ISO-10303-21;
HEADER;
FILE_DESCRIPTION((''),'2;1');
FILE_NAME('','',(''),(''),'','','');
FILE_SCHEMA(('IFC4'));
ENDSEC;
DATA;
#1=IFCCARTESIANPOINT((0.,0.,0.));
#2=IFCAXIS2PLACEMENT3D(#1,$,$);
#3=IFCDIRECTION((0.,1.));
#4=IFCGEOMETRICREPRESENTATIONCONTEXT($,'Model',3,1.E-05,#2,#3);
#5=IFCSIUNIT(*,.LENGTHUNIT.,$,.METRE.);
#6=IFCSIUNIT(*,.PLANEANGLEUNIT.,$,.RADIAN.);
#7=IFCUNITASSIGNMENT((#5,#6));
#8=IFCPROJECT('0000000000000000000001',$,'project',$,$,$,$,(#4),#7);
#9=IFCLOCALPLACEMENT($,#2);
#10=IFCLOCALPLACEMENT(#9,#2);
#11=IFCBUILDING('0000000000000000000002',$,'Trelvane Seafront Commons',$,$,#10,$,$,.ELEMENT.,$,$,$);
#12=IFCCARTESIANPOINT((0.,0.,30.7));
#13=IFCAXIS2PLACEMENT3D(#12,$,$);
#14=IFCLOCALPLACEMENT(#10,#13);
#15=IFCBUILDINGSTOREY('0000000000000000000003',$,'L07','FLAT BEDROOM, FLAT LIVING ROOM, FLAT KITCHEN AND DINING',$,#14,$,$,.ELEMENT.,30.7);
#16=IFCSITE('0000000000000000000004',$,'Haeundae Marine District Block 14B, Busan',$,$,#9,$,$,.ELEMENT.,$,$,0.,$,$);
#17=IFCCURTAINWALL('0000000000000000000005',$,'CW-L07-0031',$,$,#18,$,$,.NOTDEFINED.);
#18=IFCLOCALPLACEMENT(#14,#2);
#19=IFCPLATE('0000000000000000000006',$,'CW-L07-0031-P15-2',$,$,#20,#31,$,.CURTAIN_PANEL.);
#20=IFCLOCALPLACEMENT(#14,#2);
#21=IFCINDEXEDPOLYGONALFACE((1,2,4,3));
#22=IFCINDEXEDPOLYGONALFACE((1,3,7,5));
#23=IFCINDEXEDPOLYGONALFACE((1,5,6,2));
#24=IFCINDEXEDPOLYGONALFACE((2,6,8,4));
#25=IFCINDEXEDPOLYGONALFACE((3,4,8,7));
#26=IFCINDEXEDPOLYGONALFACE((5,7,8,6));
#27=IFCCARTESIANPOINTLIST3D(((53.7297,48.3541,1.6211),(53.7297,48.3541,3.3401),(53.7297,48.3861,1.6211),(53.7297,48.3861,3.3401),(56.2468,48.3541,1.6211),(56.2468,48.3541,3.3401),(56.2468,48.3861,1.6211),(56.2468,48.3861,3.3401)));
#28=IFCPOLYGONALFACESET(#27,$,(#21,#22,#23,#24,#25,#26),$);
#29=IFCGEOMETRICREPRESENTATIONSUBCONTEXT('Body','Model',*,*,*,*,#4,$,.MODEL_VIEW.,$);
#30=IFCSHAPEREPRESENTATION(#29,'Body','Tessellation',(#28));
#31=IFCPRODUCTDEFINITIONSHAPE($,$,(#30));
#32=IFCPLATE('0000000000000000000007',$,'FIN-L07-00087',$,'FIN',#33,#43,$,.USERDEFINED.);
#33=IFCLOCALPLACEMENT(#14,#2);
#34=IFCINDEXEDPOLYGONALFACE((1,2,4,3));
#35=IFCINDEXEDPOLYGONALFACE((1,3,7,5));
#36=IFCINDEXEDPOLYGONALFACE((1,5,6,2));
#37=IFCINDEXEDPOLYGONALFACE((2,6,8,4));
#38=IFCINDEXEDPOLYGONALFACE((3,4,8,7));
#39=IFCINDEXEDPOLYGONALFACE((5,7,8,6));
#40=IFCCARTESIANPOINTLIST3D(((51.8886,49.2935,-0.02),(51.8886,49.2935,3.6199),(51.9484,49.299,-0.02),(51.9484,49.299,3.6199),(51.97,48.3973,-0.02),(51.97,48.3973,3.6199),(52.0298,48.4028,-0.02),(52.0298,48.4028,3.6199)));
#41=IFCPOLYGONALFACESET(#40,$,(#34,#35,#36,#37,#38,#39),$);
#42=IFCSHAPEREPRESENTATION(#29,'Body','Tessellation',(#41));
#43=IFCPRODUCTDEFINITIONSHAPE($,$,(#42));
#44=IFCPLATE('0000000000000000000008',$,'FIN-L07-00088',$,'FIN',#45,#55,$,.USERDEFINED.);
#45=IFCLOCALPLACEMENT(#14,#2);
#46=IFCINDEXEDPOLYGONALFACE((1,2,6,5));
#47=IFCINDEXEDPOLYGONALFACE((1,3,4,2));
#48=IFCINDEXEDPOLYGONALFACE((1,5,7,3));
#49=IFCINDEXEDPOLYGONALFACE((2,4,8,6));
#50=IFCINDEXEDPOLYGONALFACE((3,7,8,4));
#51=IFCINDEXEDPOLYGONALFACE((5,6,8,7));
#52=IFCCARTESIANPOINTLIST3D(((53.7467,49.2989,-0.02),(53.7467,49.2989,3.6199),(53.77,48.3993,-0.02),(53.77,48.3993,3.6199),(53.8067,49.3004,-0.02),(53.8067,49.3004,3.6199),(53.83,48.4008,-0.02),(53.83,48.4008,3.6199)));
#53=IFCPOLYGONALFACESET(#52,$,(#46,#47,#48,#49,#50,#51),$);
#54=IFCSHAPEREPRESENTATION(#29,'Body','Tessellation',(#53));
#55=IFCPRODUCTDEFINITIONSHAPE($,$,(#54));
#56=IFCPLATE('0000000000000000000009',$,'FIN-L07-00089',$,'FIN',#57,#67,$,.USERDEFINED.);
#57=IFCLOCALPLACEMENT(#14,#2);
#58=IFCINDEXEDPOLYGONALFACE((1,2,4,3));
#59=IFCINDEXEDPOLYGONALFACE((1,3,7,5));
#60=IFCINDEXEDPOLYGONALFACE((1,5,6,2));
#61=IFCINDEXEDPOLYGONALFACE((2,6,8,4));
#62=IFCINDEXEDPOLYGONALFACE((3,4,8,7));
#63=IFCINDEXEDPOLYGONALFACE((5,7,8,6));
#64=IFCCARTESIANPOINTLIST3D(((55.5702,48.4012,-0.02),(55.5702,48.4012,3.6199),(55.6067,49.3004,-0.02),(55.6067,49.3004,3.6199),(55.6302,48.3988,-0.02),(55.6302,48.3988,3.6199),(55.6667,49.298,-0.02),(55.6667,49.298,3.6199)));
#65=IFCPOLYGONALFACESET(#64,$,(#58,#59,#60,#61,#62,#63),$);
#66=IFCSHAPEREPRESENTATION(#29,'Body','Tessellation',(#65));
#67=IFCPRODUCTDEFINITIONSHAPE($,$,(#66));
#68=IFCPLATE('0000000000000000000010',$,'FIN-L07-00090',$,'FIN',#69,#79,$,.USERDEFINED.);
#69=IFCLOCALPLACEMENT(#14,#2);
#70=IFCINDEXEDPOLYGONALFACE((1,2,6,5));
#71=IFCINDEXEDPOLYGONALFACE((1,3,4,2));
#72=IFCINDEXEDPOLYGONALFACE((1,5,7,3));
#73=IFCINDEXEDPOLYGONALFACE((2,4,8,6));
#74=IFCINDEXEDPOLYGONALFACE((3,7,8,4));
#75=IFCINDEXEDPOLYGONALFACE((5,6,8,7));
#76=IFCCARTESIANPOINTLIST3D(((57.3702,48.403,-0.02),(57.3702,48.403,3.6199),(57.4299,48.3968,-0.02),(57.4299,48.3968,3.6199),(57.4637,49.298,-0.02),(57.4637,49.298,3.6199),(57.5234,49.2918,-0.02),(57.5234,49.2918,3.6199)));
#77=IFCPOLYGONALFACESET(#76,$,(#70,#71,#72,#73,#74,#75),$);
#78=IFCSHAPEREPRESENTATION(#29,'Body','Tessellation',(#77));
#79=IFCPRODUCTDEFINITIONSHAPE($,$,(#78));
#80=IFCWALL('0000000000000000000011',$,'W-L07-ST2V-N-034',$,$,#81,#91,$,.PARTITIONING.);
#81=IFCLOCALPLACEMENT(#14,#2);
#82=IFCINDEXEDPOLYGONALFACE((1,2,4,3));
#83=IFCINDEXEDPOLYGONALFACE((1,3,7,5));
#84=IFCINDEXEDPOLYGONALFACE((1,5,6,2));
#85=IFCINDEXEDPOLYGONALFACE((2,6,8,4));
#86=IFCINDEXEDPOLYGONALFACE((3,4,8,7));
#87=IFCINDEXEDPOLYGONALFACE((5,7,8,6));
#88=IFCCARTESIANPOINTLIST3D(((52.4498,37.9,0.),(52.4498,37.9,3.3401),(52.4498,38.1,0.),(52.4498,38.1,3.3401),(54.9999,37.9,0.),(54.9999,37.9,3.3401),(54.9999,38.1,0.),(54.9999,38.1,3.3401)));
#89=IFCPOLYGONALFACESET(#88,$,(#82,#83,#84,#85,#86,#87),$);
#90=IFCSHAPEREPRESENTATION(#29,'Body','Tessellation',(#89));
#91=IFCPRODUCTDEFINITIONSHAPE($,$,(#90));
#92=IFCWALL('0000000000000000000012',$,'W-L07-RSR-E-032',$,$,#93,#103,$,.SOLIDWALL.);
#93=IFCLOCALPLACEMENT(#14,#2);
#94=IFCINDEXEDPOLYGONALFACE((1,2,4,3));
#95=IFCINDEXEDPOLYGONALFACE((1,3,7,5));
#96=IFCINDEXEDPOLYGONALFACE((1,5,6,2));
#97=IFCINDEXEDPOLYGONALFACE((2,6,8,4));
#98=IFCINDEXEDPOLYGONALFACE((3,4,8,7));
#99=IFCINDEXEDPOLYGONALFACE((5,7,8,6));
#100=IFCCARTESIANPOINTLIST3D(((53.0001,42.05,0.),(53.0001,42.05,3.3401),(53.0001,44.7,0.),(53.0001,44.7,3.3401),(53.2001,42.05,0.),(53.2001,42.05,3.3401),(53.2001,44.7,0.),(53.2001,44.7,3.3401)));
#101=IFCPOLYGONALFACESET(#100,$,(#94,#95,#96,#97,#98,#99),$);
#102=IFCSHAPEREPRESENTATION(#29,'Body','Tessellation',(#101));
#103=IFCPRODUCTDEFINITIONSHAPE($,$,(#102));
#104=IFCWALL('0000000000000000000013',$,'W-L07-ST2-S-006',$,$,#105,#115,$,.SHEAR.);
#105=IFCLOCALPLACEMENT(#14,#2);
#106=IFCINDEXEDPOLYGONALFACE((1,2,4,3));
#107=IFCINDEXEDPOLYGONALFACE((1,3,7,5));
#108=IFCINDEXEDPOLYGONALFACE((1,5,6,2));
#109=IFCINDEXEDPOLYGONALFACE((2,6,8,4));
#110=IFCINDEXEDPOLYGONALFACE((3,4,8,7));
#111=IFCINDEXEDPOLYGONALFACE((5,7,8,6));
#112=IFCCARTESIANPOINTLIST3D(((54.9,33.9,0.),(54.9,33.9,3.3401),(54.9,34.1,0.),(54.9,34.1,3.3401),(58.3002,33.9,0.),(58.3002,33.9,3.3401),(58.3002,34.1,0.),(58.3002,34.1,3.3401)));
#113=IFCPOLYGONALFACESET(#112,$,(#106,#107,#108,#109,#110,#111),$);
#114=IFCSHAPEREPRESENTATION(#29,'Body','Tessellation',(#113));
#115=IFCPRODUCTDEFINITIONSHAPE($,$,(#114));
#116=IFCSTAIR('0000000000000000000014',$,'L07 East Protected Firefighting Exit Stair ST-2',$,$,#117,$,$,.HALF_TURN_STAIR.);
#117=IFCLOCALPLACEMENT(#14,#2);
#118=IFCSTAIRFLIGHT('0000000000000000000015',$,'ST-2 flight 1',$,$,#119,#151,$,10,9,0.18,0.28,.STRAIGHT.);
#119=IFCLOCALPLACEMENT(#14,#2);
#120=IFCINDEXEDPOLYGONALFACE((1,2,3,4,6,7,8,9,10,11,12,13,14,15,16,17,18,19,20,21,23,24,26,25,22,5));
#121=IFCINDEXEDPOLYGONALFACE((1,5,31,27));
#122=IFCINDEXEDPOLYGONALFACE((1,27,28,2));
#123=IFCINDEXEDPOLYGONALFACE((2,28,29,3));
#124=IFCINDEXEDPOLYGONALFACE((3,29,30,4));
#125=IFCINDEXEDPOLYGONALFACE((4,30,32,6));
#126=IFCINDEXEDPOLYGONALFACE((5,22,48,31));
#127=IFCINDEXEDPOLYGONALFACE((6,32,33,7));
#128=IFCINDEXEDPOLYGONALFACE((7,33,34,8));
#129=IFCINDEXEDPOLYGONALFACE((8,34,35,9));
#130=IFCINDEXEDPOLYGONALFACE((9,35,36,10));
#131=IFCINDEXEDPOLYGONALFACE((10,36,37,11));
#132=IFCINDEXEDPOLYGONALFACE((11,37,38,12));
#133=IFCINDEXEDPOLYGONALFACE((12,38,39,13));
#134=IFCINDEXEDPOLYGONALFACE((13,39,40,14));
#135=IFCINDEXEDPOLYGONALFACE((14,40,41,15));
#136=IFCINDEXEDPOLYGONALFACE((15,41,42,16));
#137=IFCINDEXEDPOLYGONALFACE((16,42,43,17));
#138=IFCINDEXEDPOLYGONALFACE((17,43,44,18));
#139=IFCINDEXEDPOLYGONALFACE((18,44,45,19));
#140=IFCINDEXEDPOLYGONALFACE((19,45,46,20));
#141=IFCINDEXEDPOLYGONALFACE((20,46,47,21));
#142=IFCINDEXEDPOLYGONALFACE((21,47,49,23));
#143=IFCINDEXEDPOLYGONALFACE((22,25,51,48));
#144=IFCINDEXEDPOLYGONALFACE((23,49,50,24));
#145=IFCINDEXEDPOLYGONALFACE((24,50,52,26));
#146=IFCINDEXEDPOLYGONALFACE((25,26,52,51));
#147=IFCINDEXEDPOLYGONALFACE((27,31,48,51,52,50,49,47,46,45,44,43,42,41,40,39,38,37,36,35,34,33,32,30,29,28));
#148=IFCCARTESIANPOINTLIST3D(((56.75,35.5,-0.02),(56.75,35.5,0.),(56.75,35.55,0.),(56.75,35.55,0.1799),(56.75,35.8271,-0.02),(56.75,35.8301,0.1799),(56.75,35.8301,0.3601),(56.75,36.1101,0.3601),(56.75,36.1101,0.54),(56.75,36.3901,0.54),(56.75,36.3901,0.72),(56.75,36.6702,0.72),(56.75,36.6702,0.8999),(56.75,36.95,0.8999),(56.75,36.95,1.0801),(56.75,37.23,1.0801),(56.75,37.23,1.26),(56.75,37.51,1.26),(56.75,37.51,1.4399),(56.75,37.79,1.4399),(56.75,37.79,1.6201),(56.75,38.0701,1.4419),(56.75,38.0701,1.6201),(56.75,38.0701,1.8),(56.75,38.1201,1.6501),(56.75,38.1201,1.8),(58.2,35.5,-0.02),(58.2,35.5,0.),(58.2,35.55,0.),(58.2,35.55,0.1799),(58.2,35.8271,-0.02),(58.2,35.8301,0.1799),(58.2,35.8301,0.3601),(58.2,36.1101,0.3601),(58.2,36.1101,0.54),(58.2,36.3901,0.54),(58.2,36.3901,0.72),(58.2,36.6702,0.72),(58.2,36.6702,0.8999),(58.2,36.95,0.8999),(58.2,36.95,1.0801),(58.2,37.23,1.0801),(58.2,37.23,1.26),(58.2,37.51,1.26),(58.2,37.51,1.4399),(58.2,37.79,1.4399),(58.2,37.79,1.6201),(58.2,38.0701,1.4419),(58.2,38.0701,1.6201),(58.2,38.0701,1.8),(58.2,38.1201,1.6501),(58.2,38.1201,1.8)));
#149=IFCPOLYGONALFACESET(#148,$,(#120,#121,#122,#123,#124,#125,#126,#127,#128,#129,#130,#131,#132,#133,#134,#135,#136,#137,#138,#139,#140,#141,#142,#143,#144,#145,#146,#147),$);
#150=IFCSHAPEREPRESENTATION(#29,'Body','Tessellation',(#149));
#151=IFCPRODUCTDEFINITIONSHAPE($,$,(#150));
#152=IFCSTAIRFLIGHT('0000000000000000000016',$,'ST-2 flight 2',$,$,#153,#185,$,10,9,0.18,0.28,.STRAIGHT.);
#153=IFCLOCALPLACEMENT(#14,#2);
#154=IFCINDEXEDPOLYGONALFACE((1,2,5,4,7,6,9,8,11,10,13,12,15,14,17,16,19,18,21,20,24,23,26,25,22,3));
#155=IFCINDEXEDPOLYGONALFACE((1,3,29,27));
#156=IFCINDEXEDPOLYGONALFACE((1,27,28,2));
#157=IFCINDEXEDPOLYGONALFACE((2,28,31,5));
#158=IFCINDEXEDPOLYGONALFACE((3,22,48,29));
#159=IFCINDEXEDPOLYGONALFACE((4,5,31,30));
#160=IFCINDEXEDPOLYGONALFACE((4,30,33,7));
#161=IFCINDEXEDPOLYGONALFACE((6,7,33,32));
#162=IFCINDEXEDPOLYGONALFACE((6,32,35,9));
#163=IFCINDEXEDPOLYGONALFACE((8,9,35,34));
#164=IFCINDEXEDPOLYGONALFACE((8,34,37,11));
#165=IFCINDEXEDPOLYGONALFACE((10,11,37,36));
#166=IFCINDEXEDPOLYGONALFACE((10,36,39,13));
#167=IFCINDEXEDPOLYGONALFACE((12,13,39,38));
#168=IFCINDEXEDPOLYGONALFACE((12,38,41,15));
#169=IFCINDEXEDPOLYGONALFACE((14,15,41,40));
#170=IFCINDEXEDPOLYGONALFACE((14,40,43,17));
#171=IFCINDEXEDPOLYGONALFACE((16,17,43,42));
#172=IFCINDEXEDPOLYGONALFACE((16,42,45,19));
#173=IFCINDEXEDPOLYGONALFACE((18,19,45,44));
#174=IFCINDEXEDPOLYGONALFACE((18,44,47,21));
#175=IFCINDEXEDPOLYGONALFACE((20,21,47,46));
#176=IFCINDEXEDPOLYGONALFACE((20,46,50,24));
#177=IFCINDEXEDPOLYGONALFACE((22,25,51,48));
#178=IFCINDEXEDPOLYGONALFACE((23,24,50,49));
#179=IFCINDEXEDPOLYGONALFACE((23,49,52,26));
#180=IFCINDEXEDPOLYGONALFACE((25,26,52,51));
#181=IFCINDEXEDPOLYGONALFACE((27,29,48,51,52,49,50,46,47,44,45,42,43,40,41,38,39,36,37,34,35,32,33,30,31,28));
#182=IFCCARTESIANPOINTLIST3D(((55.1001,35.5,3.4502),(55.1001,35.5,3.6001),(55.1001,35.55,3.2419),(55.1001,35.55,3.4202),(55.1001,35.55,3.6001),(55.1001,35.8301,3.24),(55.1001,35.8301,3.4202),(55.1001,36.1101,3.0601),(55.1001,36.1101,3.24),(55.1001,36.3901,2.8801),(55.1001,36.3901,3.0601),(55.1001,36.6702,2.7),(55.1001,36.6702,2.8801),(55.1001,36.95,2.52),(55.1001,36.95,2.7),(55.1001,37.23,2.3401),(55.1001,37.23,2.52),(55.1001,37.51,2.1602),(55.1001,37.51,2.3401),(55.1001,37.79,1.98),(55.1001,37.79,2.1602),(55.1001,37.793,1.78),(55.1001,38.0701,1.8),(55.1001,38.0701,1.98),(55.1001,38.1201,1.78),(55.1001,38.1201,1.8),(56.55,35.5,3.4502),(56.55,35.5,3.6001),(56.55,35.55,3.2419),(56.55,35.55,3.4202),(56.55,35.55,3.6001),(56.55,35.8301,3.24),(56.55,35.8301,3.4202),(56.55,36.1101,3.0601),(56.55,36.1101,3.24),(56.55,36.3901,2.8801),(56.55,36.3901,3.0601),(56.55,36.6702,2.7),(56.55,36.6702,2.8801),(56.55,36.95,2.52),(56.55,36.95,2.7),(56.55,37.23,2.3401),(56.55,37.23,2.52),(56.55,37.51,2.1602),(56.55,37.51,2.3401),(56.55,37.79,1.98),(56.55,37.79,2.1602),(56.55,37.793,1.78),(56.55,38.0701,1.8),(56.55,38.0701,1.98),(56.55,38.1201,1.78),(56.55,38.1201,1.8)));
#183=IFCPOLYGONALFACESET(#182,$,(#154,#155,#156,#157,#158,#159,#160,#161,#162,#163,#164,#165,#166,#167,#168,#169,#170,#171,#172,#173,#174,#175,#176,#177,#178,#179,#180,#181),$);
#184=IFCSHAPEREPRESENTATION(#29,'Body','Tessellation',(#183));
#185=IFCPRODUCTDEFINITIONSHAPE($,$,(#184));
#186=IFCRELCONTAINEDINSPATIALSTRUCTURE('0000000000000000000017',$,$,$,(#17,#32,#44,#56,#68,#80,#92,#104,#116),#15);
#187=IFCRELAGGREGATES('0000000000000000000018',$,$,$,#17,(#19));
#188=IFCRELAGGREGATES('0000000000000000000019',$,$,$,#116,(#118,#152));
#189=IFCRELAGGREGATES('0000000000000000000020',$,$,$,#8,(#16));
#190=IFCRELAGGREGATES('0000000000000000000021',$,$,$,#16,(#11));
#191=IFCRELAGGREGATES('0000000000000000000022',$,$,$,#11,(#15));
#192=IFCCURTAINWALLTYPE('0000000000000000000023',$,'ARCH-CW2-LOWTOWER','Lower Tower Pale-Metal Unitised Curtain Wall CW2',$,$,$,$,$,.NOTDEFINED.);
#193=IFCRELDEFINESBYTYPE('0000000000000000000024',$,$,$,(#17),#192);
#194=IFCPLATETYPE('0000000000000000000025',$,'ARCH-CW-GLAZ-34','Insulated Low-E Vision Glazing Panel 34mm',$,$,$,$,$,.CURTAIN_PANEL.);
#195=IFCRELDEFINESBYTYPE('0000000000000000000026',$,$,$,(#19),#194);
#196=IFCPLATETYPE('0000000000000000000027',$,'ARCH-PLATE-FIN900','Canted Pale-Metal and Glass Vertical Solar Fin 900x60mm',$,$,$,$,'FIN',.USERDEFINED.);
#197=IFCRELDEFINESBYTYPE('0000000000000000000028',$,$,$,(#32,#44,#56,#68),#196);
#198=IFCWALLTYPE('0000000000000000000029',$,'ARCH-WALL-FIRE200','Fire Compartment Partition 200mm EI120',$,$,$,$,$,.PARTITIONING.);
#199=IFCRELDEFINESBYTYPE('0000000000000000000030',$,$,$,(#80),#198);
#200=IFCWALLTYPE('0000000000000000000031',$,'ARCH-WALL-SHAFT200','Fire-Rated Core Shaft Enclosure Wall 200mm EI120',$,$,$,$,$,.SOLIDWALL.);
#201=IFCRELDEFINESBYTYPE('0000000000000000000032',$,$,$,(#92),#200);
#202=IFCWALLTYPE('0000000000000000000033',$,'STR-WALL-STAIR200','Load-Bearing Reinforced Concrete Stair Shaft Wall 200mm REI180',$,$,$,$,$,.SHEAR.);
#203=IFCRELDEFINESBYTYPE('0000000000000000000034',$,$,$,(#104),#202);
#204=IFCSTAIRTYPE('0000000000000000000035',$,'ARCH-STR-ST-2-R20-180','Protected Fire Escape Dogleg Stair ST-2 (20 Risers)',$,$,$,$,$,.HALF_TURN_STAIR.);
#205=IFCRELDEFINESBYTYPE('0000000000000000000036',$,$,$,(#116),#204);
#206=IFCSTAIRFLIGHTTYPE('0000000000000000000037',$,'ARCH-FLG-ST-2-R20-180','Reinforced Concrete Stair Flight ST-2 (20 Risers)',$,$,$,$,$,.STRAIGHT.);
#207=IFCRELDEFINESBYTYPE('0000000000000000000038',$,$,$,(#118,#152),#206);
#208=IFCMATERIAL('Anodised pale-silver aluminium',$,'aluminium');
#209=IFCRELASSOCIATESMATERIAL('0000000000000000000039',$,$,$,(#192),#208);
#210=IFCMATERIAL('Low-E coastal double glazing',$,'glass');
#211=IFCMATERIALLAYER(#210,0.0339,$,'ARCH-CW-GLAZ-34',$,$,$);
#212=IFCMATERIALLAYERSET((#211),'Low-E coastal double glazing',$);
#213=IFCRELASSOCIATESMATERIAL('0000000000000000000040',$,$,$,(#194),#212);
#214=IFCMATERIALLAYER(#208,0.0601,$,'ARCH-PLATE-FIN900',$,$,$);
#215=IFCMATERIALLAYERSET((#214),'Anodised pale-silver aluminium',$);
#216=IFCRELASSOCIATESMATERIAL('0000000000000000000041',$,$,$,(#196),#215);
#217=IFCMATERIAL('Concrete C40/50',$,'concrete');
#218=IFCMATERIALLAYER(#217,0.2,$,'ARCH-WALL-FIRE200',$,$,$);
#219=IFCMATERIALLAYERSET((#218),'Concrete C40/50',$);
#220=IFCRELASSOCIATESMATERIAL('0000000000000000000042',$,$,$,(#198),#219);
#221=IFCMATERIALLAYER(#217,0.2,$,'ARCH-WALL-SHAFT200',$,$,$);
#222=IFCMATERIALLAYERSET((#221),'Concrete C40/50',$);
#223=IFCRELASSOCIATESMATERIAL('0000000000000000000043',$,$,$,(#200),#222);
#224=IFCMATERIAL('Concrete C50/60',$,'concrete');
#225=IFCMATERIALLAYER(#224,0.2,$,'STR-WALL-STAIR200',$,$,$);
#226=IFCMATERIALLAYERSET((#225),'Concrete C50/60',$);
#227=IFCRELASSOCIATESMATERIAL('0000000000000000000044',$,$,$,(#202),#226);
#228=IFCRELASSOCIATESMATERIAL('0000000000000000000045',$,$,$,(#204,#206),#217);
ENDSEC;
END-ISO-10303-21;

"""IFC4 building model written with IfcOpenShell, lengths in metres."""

from ifc_helpers import new_model, si_unit, direction, frame, frame_2d, origin, origin_2d, place, context, subcontext, project, spatial, polyline, rectangle, outline, extrude, source, transform, mapped, material, layer, layer_set, type_object, element, aggregate, save


model = new_model("IFC4")

# Units and contexts
model_context = context("Model", 3, precision=1e-05, world=origin(), true_north=direction((0.0, 1.0)))
body_context = subcontext(model_context, "Body", "Model", "MODEL_VIEW")
ifc_project = project(units=[si_unit("LENGTHUNIT", "METRE"), si_unit("PLANEANGLEUNIT", "RADIAN")], contexts=[model_context])

# Site, building, storey
site_placement = place(None, origin())
site = spatial("IfcSite", under=ifc_project, at=site_placement, Name="Haeundae Marine District Block 14B, Busan", CompositionType="ELEMENT", RefElevation=0.0)
building_placement = place(site_placement, origin())
building = spatial("IfcBuilding", under=site, at=building_placement, Name="Trelvane Seafront Commons", CompositionType="ELEMENT")
storey_placement = place(building_placement, frame((0.0, 0.0, 30.7)))
storey = spatial("IfcBuildingStorey", under=building, at=storey_placement, Name="L07", Description="FLAT BEDROOM, FLAT LIVING ROOM, FLAT KITCHEN AND DINING", CompositionType="ELEMENT", Elevation=30.7)

# Curtain wall, plate
ifc_material_1 = material(Name="Anodised pale-silver aluminium", Category="aluminium")
curtain_wall_type = type_object("IfcCurtainWallType", Name="ARCH-CW2-LOWTOWER", Description="Lower Tower Pale-Metal Unitised Curtain Wall CW2", PredefinedType="NOTDEFINED", material=ifc_material_1)
curtain_wall_placement = place(storey_placement, origin())
curtain_wall = element("IfcCurtainWall", 1, at=curtain_wall_placement, inside=storey, type_object=curtain_wall_type, Name="CW-L07-0031", PredefinedType="NOTDEFINED")
ifc_material_2 = material(Name="Low-E coastal double glazing", Category="glass")
ifc_layer_1 = layer(ifc_material_2, 0.0339, Name="ARCH-CW-GLAZ-34")
ifc_layer_set_1 = layer_set([ifc_layer_1], Name="Low-E coastal double glazing")
plate_type_1 = type_object("IfcPlateType", Name="ARCH-CW-GLAZ-34", Description="Insulated Low-E Vision Glazing Panel 34mm", PredefinedType="CURTAIN_PANEL", material=ifc_layer_set_1)
shared_shape_1 = source(origin(), body_context, "Body", "SweptSolid", [
    extrude(rectangle(XDim=2.5171, YDim=0.032, at=origin_2d()), origin(), (0.0, 0.0, 1.0), 1.719),
])
plate_1_placement = place(storey_placement, frame((54.9883, 48.3701, 1.6211), z_axis=(0.0, 0.0, 1.0), x_axis=(1.0, 0.0, 0.0)))
plate_1 = element("IfcPlate", 2, at=plate_1_placement, type_object=plate_type_1, Name="CW-L07-0031-P15-2", PredefinedType="CURTAIN_PANEL", context=body_context, shape_type="MappedRepresentation", body=[
    mapped(shared_shape_1, transform((0.0, 0.0, 0.0), x_axis=(1.0, 0.0, 0.0), y_axis=(0.0, 1.0, 0.0), z_axis=(0.0, 0.0, 1.0), scale=1.0)),
])
aggregate(curtain_wall, [plate_1])

# Plates
ifc_layer_2 = layer(ifc_material_1, 0.0601, Name="ARCH-PLATE-FIN900")
ifc_layer_set_2 = layer_set([ifc_layer_2], Name="Anodised pale-silver aluminium")
plate_type_2 = type_object("IfcPlateType", Name="ARCH-PLATE-FIN900", Description="Canted Pale-Metal and Glass Vertical Solar Fin 900x60mm", ElementType="FIN", PredefinedType="USERDEFINED", material=ifc_layer_set_2)
shared_shape_2 = source(origin(), body_context, "Body", "SweptSolid", [
    extrude(rectangle(XDim=0.8999, YDim=0.0601, at=origin_2d()), origin(), (0.0, 0.0, 1.0), 3.6399),
])
for number, where, z_axis, x_axis, name in (
    (3, (51.9592, 48.8481, -0.02), (0.0, 0.0, 1.0), (-0.090445, 0.995901, 0.0), "FIN-L07-00087"),
    (4, (53.7883, 48.8499, -0.02), (0.0, 0.0, 1.0), (-0.025889, 0.999665, 0.0), "FIN-L07-00088"),
    (5, (55.6184, 48.8496, -0.02), (0.0, 0.0, 1.0), (0.040554, 0.999177, 0.0), "FIN-L07-00089"),
    (6, (57.4468, 48.8474, -0.02), (0.0, 0.0, 1.0), (0.103893, 0.994588, 0.0), "FIN-L07-00090"),
):
    element("IfcPlate", number, at=place(storey_placement, frame(where, z_axis=z_axis, x_axis=x_axis)), inside=storey, type_object=plate_type_2, Name=name, ObjectType="FIN", PredefinedType="USERDEFINED", context=body_context, shape_type="MappedRepresentation", body=[
        mapped(shared_shape_2, transform((0.0, 0.0, 0.0), x_axis=(1.0, 0.0, 0.0), y_axis=(0.0, 1.0, 0.0), z_axis=(0.0, 0.0, 1.0), scale=1.0)),
    ])

# Walls
ifc_material_3 = material(Name="Concrete C40/50", Category="concrete")
ifc_layer_3 = layer(ifc_material_3, 0.2, Name="ARCH-WALL-FIRE200")
ifc_layer_set_3 = layer_set([ifc_layer_3], Name="Concrete C40/50")
wall_type_1 = type_object("IfcWallType", Name="ARCH-WALL-FIRE200", Description="Fire Compartment Partition 200mm EI120", PredefinedType="PARTITIONING", material=ifc_layer_set_3)
wall_1_placement = place(storey_placement, frame((52.45, 38.0, 0.0), z_axis=(0.0, 0.0, 1.0), x_axis=(1.0, 0.0, 0.0)))
element("IfcWall", 7, at=wall_1_placement, inside=storey, type_object=wall_type_1, Name="W-L07-ST2V-N-034", PredefinedType="PARTITIONING", context=body_context, shape_type="SweptSolid", body=[
    extrude(rectangle(XDim=2.55, YDim=0.2, at=frame_2d((1.2749, 0.0))), origin(), (0.0, 0.0, 1.0), 3.3401),
])
ifc_layer_4 = layer(ifc_material_3, 0.2, Name="ARCH-WALL-SHAFT200")
ifc_layer_set_4 = layer_set([ifc_layer_4], Name="Concrete C40/50")
wall_type_2 = type_object("IfcWallType", Name="ARCH-WALL-SHAFT200", Description="Fire-Rated Core Shaft Enclosure Wall 200mm EI120", PredefinedType="SOLIDWALL", material=ifc_layer_set_4)
wall_2_placement = place(storey_placement, frame((53.1001, 42.05, 0.0), z_axis=(0.0, 0.0, 1.0), x_axis=(0.0, 1.0, 0.0)))
element("IfcWall", 8, at=wall_2_placement, inside=storey, type_object=wall_type_2, Name="W-L07-RSR-E-032", PredefinedType="SOLIDWALL", context=body_context, shape_type="SweptSolid", body=[
    extrude(rectangle(XDim=2.6499, YDim=0.2, at=frame_2d((1.325, 0.0))), origin(), (0.0, 0.0, 1.0), 3.3401),
])
ifc_material_4 = material(Name="Concrete C50/60", Category="concrete")
ifc_layer_5 = layer(ifc_material_4, 0.2, Name="STR-WALL-STAIR200")
ifc_layer_set_5 = layer_set([ifc_layer_5], Name="Concrete C50/60")
wall_type_3 = type_object("IfcWallType", Name="STR-WALL-STAIR200", Description="Load-Bearing Reinforced Concrete Stair Shaft Wall 200mm REI180", PredefinedType="SHEAR", material=ifc_layer_set_5)
wall_3_placement = place(storey_placement, frame((54.8999, 34.0, 0.0), z_axis=(0.0, 0.0, 1.0), x_axis=(1.0, 0.0, 0.0)))
element("IfcWall", 9, at=wall_3_placement, inside=storey, type_object=wall_type_3, Name="W-L07-ST2-S-006", PredefinedType="SHEAR", context=body_context, shape_type="SweptSolid", body=[
    extrude(rectangle(XDim=3.4001, YDim=0.2, at=frame_2d((1.7002, 0.0))), origin(), (0.0, 0.0, 1.0), 3.3401),
])

# Stair, stair flights
stair_type = type_object("IfcStairType", Name="ARCH-STR-ST-2-R20-180", Description="Protected Fire Escape Dogleg Stair ST-2 (20 Risers)", PredefinedType="HALF_TURN_STAIR", material=ifc_material_3)
stair_placement = place(storey_placement, origin())
stair = element("IfcStair", 10, at=stair_placement, inside=storey, type_object=stair_type, Name="L07 East Protected Firefighting Exit Stair ST-2", PredefinedType="HALF_TURN_STAIR")
stair_flight_type = type_object("IfcStairFlightType", Name="ARCH-FLG-ST-2-R20-180", Description="Reinforced Concrete Stair Flight ST-2 (20 Risers)", PredefinedType="STRAIGHT", material=ifc_material_3)
shared_shape_3 = source(origin(), body_context, "Body", "SweptSolid", [
    extrude(outline(polyline([(-0.05, -0.02), (-0.05, 0.0), (0.0, 0.0), (0.0, 0.1799), (0.28, 0.1799), (0.28, 0.3601), (0.5601, 0.3601), (0.5601, 0.54), (0.8401, 0.54), (0.8401, 0.72), (1.1201, 0.72), (1.1201, 0.8999), (1.3999, 0.8999), (1.3999, 1.0801), (1.6799, 1.0801), (1.6799, 1.26), (1.96, 1.26), (1.96, 1.4399), (2.24, 1.4399), (2.24, 1.6201), (2.52, 1.6201), (2.52, 1.8), (2.5701, 1.8), (2.5701, 1.6501), (2.52, 1.4419), (0.2771, -0.02), (-0.05, -0.02)])), frame((0.0, 0.7251, 0.0), z_axis=(0.0, -1.0, 0.0), x_axis=(1.0, 0.0, 0.0)), (0.0, 0.0, 1.0), 1.45),
])
stair_flight_1_placement = place(storey_placement, frame((57.4751, 35.55, 0.0), z_axis=(0.0, 0.0, 1.0), x_axis=(0.0, 1.0, 0.0)))
stair_flight_1 = element("IfcStairFlight", 11, at=stair_flight_1_placement, type_object=stair_flight_type, Name="ST-2 flight 1", NumberOfRisers=10, NumberOfTreads=9, PredefinedType="STRAIGHT", RiserHeight=0.18, TreadLength=0.28, context=body_context, shape_type="MappedRepresentation", body=[
    mapped(shared_shape_3, transform((0.0, 0.0, 0.0), x_axis=(1.0, 0.0, 0.0), y_axis=(0.0, 1.0, 0.0), z_axis=(0.0, 0.0, 1.0), scale=1.0)),
])
stair_flight_2_placement = place(storey_placement, frame((55.825, 38.0701, 1.8), z_axis=(0.0, 0.0, 1.0), x_axis=(0.0, -1.0, 0.0)))
stair_flight_2 = element("IfcStairFlight", 12, at=stair_flight_2_placement, type_object=stair_flight_type, Name="ST-2 flight 2", NumberOfRisers=10, NumberOfTreads=9, PredefinedType="STRAIGHT", RiserHeight=0.18, TreadLength=0.28, context=body_context, shape_type="MappedRepresentation", body=[
    mapped(shared_shape_3, transform((0.0, 0.0, 0.0), x_axis=(1.0, 0.0, 0.0), y_axis=(0.0, 1.0, 0.0), z_axis=(0.0, 0.0, 1.0), scale=1.0)),
])
aggregate(stair, [stair_flight_1, stair_flight_2])

save(model, "model.ifc")
